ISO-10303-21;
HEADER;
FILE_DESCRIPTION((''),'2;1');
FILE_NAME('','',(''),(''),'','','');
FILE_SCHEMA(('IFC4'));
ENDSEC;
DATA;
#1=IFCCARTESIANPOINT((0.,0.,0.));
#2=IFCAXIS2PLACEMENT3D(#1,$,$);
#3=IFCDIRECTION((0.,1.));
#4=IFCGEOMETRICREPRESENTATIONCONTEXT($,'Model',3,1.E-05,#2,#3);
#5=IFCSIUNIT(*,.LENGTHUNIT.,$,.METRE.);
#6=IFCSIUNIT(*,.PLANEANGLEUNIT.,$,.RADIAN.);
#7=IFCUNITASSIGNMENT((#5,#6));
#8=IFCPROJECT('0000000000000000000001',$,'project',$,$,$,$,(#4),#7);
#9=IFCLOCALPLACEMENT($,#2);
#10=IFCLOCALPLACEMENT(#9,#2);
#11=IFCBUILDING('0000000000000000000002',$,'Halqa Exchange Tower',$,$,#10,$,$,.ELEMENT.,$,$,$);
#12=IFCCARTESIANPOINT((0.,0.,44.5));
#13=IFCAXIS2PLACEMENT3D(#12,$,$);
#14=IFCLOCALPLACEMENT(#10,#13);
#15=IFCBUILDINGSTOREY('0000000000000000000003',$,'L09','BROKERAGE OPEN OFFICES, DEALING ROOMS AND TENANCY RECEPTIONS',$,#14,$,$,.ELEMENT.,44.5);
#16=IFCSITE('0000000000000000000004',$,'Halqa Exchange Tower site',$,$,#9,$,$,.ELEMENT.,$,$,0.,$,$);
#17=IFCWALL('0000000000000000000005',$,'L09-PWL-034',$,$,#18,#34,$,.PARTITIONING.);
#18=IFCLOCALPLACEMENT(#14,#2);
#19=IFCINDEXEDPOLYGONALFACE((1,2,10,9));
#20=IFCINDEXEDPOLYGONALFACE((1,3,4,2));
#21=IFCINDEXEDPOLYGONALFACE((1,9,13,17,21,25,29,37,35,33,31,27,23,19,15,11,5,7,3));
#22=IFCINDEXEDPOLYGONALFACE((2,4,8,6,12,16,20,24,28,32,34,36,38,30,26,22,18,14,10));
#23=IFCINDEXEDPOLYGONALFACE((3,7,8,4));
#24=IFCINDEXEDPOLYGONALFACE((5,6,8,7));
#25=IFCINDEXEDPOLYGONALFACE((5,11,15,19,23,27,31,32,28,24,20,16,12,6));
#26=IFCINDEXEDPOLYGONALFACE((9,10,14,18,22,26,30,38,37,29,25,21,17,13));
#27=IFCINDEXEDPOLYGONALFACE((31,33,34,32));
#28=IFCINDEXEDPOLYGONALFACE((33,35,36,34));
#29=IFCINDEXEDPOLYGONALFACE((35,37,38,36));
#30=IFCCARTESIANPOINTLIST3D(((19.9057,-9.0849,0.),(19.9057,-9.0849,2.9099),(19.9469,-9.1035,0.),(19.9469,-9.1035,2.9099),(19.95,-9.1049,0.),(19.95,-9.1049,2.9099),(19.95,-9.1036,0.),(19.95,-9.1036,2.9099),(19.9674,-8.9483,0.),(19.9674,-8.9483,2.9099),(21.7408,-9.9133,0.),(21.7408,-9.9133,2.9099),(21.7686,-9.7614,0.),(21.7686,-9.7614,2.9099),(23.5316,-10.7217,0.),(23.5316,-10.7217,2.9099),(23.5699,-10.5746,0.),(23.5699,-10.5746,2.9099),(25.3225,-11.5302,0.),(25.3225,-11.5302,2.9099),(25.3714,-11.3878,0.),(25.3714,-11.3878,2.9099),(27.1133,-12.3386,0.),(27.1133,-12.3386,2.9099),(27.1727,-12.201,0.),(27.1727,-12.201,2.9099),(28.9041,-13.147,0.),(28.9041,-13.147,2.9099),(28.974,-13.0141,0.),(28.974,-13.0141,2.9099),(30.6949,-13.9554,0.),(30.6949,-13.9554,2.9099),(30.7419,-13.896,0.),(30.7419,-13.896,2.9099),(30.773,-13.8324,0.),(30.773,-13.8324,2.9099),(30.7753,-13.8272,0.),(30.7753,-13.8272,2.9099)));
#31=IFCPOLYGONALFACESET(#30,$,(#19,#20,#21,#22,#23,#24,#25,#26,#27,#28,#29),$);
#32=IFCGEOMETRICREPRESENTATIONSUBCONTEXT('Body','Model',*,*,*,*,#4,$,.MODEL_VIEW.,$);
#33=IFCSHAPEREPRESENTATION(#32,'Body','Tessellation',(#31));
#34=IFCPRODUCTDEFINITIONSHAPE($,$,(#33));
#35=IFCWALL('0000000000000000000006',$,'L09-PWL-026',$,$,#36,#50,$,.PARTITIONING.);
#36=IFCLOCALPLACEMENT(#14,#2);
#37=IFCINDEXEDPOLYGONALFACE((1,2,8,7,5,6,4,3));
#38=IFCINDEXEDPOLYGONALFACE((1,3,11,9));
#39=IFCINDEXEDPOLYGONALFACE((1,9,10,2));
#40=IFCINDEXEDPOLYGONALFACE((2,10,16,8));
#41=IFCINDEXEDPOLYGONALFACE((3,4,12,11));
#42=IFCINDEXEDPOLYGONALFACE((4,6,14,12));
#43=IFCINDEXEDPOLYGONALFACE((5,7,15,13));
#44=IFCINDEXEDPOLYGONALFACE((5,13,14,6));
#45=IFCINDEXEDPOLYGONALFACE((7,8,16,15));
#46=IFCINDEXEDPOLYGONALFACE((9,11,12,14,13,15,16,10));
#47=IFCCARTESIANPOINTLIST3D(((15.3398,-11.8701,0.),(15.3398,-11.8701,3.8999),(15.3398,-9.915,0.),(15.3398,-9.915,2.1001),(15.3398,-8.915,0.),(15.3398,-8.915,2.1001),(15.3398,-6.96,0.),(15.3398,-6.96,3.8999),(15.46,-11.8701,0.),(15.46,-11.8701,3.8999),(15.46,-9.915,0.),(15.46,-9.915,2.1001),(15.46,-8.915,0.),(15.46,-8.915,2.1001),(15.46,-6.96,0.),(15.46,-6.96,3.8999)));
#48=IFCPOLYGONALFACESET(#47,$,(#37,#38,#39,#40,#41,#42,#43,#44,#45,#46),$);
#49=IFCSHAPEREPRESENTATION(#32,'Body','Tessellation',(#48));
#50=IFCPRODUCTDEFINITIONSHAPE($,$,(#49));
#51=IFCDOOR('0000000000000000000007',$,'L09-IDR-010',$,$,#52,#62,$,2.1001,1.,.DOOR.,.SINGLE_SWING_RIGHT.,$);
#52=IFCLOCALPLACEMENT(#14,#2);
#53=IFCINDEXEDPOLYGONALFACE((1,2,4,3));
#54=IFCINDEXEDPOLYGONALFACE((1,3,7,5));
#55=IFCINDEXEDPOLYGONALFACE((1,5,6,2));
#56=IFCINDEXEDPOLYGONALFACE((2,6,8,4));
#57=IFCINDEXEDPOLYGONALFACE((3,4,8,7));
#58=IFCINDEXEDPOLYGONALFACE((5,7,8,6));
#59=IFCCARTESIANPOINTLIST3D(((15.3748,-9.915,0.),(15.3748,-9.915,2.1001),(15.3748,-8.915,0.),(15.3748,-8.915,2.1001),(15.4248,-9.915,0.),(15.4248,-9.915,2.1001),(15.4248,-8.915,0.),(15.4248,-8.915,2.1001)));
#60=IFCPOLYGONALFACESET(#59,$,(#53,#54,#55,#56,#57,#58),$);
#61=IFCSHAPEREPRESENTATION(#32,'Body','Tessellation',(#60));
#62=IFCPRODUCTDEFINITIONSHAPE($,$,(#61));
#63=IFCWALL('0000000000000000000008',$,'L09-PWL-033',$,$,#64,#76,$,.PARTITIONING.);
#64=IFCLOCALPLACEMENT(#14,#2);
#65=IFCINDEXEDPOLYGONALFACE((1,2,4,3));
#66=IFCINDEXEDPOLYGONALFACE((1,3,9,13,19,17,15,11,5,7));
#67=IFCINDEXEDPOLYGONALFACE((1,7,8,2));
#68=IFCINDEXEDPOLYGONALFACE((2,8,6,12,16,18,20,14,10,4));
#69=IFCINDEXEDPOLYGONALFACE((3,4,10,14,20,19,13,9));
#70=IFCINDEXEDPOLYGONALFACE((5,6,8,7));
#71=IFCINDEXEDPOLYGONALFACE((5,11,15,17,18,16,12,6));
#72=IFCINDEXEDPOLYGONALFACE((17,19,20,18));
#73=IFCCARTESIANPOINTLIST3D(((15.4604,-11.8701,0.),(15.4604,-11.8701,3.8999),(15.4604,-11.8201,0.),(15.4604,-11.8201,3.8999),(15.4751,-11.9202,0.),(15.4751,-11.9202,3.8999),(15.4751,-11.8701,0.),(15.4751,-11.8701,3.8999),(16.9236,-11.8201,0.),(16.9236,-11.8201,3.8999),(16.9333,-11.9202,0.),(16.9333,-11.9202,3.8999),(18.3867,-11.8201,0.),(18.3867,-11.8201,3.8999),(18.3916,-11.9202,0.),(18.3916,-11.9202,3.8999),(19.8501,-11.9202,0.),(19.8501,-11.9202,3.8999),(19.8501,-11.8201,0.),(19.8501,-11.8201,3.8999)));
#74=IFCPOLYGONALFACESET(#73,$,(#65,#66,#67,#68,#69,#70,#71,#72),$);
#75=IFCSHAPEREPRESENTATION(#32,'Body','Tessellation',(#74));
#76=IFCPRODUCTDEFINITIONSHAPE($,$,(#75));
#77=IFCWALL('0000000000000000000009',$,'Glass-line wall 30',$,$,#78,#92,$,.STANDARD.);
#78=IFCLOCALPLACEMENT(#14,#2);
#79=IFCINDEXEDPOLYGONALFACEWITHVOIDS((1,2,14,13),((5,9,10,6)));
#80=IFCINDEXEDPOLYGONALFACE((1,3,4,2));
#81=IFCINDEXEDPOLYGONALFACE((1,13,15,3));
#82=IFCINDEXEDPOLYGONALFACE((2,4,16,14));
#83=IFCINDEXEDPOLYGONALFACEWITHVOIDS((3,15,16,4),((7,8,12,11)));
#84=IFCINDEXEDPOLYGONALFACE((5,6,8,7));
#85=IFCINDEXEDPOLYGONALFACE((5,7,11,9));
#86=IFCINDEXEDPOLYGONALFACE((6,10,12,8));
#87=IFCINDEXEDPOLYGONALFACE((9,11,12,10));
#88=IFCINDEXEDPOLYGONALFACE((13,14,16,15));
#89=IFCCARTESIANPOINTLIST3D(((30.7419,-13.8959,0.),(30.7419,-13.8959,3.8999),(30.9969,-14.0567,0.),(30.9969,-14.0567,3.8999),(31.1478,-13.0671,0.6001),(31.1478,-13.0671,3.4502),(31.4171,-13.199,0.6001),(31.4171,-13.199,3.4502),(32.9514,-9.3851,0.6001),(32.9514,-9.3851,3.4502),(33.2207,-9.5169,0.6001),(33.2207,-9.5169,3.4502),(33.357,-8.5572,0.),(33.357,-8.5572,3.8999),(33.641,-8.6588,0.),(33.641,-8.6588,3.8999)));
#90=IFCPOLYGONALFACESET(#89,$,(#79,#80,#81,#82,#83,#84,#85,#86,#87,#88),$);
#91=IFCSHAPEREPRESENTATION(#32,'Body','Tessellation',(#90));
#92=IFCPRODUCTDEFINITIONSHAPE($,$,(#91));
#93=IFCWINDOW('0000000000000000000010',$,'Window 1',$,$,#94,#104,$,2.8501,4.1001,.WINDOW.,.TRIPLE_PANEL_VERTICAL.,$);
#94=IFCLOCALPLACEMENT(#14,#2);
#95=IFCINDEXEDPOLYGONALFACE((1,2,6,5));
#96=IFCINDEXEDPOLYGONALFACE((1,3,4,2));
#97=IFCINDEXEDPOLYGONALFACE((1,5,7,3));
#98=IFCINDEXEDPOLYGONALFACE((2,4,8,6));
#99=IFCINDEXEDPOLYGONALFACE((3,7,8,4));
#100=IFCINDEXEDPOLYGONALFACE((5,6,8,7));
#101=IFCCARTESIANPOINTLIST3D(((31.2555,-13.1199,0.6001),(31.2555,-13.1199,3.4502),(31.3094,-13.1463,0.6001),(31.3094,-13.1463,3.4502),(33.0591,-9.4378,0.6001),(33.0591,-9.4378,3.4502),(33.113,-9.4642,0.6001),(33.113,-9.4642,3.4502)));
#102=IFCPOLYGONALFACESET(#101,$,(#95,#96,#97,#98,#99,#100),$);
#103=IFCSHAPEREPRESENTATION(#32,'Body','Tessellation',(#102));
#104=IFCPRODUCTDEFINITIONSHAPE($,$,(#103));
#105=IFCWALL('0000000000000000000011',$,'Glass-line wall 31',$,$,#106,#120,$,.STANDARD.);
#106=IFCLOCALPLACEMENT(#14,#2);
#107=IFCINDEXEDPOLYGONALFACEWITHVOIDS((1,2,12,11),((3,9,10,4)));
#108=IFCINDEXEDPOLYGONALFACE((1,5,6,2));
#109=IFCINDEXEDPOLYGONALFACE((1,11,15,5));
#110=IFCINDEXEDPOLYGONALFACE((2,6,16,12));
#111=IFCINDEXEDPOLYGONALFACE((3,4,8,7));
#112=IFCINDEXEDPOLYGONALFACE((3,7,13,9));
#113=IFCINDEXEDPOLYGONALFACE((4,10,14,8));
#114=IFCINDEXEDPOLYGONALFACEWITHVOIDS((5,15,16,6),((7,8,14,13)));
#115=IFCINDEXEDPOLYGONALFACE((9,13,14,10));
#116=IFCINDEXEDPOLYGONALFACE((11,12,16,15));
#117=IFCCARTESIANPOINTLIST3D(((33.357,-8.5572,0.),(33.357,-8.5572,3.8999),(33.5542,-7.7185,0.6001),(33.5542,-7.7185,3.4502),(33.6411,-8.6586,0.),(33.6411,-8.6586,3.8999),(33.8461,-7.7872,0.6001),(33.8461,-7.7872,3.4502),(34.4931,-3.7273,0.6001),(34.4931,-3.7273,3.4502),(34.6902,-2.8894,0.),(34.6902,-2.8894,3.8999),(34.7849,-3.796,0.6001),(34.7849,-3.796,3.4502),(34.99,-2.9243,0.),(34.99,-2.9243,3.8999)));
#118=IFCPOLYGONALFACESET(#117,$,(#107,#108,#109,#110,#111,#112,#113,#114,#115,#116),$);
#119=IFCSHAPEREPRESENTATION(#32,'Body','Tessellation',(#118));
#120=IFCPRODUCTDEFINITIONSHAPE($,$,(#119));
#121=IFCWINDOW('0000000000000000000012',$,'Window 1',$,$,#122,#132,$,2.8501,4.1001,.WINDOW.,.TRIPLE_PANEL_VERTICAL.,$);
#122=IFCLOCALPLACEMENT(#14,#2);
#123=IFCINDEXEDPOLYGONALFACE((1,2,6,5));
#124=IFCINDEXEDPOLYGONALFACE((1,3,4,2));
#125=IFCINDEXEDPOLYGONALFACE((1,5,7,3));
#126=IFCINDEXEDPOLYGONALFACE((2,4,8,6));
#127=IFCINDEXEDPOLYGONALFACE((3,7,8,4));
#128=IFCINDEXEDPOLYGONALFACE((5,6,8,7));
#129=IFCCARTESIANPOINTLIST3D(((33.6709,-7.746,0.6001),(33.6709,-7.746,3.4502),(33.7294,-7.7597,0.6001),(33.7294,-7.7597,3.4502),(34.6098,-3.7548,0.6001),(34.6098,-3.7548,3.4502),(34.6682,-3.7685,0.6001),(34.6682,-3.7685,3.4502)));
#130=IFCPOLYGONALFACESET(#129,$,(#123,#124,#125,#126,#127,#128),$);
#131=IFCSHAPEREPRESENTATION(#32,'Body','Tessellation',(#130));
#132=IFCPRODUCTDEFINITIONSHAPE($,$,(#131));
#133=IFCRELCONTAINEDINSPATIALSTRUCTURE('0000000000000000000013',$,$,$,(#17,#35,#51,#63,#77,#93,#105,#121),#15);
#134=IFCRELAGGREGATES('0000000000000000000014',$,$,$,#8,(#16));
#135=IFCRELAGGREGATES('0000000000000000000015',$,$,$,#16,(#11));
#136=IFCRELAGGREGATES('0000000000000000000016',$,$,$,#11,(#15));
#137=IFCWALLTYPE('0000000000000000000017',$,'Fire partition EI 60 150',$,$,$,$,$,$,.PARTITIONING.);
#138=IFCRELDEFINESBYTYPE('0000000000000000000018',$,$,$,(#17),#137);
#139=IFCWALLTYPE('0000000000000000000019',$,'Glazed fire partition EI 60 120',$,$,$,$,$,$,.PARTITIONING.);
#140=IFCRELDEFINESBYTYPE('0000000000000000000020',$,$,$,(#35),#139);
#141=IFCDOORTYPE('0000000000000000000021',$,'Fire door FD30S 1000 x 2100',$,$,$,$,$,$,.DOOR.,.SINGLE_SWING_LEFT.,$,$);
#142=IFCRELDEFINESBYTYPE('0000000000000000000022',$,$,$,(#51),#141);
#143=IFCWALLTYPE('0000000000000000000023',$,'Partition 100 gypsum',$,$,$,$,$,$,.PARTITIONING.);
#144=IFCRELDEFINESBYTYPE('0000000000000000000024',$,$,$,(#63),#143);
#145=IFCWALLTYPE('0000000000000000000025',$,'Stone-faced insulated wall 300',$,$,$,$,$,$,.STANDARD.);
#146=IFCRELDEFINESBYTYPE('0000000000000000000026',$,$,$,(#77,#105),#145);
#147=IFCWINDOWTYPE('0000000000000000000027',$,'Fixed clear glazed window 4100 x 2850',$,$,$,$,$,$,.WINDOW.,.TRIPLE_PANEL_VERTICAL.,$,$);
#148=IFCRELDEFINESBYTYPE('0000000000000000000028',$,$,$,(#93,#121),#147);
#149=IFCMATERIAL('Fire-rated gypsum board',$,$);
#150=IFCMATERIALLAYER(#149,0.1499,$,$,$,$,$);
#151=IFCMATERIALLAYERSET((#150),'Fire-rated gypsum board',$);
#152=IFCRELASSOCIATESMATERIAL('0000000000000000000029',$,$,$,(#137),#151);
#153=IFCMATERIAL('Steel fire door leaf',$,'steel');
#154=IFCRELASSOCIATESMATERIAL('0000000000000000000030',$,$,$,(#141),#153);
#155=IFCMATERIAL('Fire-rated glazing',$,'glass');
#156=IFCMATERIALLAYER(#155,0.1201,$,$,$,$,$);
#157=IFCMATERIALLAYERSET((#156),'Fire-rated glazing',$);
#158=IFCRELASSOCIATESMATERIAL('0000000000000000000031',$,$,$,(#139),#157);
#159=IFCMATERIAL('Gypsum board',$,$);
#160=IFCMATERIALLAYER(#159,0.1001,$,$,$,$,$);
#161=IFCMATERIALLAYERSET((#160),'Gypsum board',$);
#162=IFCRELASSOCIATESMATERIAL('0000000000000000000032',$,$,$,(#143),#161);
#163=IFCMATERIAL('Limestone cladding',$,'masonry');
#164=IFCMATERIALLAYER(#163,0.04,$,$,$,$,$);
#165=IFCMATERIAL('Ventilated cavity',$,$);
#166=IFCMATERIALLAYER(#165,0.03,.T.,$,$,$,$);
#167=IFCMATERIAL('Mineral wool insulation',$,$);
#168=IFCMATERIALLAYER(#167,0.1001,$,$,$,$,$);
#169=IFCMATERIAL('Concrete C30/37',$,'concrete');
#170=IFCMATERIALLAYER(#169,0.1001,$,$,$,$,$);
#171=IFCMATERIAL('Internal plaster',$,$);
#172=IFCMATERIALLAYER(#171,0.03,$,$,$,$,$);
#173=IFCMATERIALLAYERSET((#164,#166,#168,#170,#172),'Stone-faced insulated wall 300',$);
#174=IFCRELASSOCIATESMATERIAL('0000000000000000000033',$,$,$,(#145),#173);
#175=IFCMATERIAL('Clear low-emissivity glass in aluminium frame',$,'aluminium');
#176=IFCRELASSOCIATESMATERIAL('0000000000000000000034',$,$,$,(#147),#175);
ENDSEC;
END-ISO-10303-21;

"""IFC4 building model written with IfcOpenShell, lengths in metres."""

from ifc_helpers import new_model, si_unit, direction, frame, frame_2d, origin, place, context, subcontext, project, spatial, polyline, rectangle, outline, extrude, material, layer, layer_set, type_object, element, fill, save


model = new_model("IFC4")

# Units and contexts
model_context = context("Model", 3, precision=1e-05, world=origin(), true_north=direction((0.0, 1.0)))
body_context = subcontext(model_context, "Body", "Model", "MODEL_VIEW")
ifc_project = project(units=[si_unit("LENGTHUNIT", "METRE"), si_unit("PLANEANGLEUNIT", "RADIAN")], contexts=[model_context])

# Site, building, storey
site_placement = place(None, origin())
site = spatial("IfcSite", under=ifc_project, at=site_placement, Name="Halqa Exchange Tower site", CompositionType="ELEMENT", RefElevation=0.0)
building_placement = place(site_placement, origin())
building = spatial("IfcBuilding", under=site, at=building_placement, Name="Halqa Exchange Tower", CompositionType="ELEMENT")
storey_placement = place(building_placement, frame((0.0, 0.0, 44.5)))
storey = spatial("IfcBuildingStorey", under=building, at=storey_placement, Name="L09", Description="BROKERAGE OPEN OFFICES, DEALING ROOMS AND TENANCY RECEPTIONS", CompositionType="ELEMENT", Elevation=44.5)

# Shared definitions
ifc_material_1 = material(Name="Fire-rated gypsum board")
ifc_layer_1 = layer(ifc_material_1, 0.1499)
ifc_layer_set_1 = layer_set([ifc_layer_1], Name="Fire-rated gypsum board")
wall_type_1 = type_object("IfcWallType", Name="Fire partition EI 60 150", PredefinedType="PARTITIONING", material=ifc_layer_set_1)

# Shared definitions
ifc_material_2 = material(Name="Steel fire door leaf", Category="steel")
door_type_1 = type_object("IfcDoorType", Name="Fire door FD30S 1000 x 2100", OperationType="SINGLE_SWING_LEFT", PredefinedType="DOOR", material=ifc_material_2)

# Wall
wall_1_placement = place(storey_placement, frame((19.9365, -9.0166, 0.0), z_axis=(0.0, 0.0, 1.0), x_axis=(0.911436, -0.411442, 0.0)))
element("IfcWall", 1, at=wall_1_placement, inside=storey, type_object=wall_type_1, Name="L09-PWL-034", PredefinedType="PARTITIONING", context=body_context, shape_type="SweptSolid", body=[
    extrude(outline(polyline([(0.0, -0.075), (0.0452, -0.075), (0.0481, -0.0737), (0.0486, -0.075), (2.0134, -0.075), (3.9783, -0.075), (5.9431, -0.075), (7.908, -0.075), (9.8728, -0.075), (11.8376, -0.075), (11.856, -0.0015), (11.8582, 0.0693), (11.8582, 0.075), (9.8818, 0.075), (7.9055, 0.075), (5.9292, 0.075), (3.9526, 0.075), (1.9763, 0.075), (0.0, 0.075), (0.0, -0.075)])), origin(), (0.0, 0.0, 1.0), 2.9099),
])

# Wall, opening, door
ifc_material_3 = material(Name="Fire-rated glazing", Category="glass")
ifc_layer_2 = layer(ifc_material_3, 0.1201)
ifc_layer_set_2 = layer_set([ifc_layer_2], Name="Fire-rated glazing")
wall_type_2 = type_object("IfcWallType", Name="Glazed fire partition EI 60 120", PredefinedType="PARTITIONING", material=ifc_layer_set_2)
wall_2_placement = place(storey_placement, frame((15.3999, -6.96, 0.0), z_axis=(0.0, 0.0, 1.0), x_axis=(0.0, -1.0, 0.0)))
wall_2 = element("IfcWall", 2, at=wall_2_placement, inside=storey, type_object=wall_type_2, Name="L09-PWL-026", PredefinedType="PARTITIONING", context=body_context, shape_type="SweptSolid", body=[
    extrude(rectangle(XDim=4.9102, YDim=0.1201, at=frame_2d((2.4551, 0.0))), origin(), (0.0, 0.0, 1.0), 3.8999),
])
opening_1_placement = place(wall_2_placement, frame((1.9551, 0.0, 0.0)))
opening_1 = element("IfcOpeningElement", 3, at=opening_1_placement, cuts=wall_2, PredefinedType="OPENING", context=body_context, shape_type="SweptSolid", body=[
    extrude(rectangle(XDim=1.0, YDim=2.1001, at=frame_2d((0.5, 1.05))), frame((0.0, 0.072, 0.0), z_axis=(0.0, -1.0, 0.0), x_axis=(1.0, 0.0, 0.0)), (0.0, 0.0, 1.0), 0.144),
])
door_1_placement = place(opening_1_placement, origin())
door_1 = element("IfcDoor", 4, at=door_1_placement, inside=storey, type_object=door_type_1, Name="L09-IDR-010", OperationType="SINGLE_SWING_RIGHT", OverallHeight=2.1001, OverallWidth=1.0, PredefinedType="DOOR", context=body_context, shape_type="SweptSolid", body=[
    extrude(rectangle(XDim=1.0, YDim=2.1001, at=frame_2d((0.5, 1.05))), frame((0.0, 0.0249, 0.0), z_axis=(0.0, -1.0, 0.0), x_axis=(1.0, 0.0, 0.0)), (0.0, 0.0, 1.0), 0.05),
])
fill(opening_1, door_1)

# Wall
ifc_material_4 = material(Name="Gypsum board")
ifc_layer_3 = layer(ifc_material_4, 0.1001)
ifc_layer_set_3 = layer_set([ifc_layer_3], Name="Gypsum board")
wall_type_3 = type_object("IfcWallType", Name="Partition 100 gypsum", PredefinedType="PARTITIONING", material=ifc_layer_set_3)
wall_3_placement = place(storey_placement, frame((19.8501, -11.8701, 0.0), z_axis=(0.0, 0.0, 1.0), x_axis=(-1.0, 0.0, 0.0)))
element("IfcWall", 5, at=wall_3_placement, inside=storey, type_object=wall_type_3, Name="L09-PWL-033", PredefinedType="PARTITIONING", context=body_context, shape_type="SweptSolid", body=[
    extrude(outline(polyline([(4.3896, -0.05), (4.3896, 0.0), (4.375, 0.0), (4.375, 0.05), (2.9167, 0.05), (1.4585, 0.05), (0.0, 0.05), (0.0, -0.05), (1.4634, -0.05), (2.9265, -0.05), (4.3896, -0.05)])), origin(), (0.0, 0.0, 1.0), 3.8999),
])

# Walls, openings, windows
ifc_material_5 = material(Name="Limestone cladding", Category="masonry")
ifc_layer_4 = layer(ifc_material_5, 0.04)
ifc_material_6 = material(Name="Ventilated cavity")
ifc_layer_5 = layer(ifc_material_6, 0.03, ventilated=True)
ifc_material_7 = material(Name="Mineral wool insulation")
ifc_layer_6 = layer(ifc_material_7, 0.1001)
ifc_material_8 = material(Name="Concrete C30/37", Category="concrete")
ifc_layer_7 = layer(ifc_material_8, 0.1001)
ifc_material_9 = material(Name="Internal plaster")
ifc_layer_8 = layer(ifc_material_9, 0.03)
ifc_layer_set_4 = layer_set([ifc_layer_4, ifc_layer_5, ifc_layer_6, ifc_layer_7, ifc_layer_8], Name="Stone-faced insulated wall 300")
wall_type_4 = type_object("IfcWallType", Name="Stone-faced insulated wall 300", PredefinedType="STANDARD", material=ifc_layer_set_4)
wall_4_placement = place(storey_placement, frame((30.8694, -13.9763, 0.0), z_axis=(0.0, 0.0, 1.0), x_axis=(0.439896, 0.898049, 0.0)))
wall_4 = element("IfcWall", 6, at=wall_4_placement, inside=storey, type_object=wall_type_4, Name="Glass-line wall 30", PredefinedType="STANDARD", context=body_context, shape_type="SweptSolid", body=[
    extrude(outline(polyline([(-0.0161, -0.1499), (5.9946, -0.1499), (5.9609, 0.1499), (0.0161, 0.1499), (-0.0161, -0.1499)])), origin(), (0.0, 0.0, 1.0), 3.8999),
])
opening_2_placement = place(wall_4_placement, frame((0.939, 0.0, 0.6001)))
opening_2 = element("IfcOpeningElement", 7, at=opening_2_placement, cuts=wall_4, PredefinedType="OPENING", context=body_context, shape_type="SweptSolid", body=[
    extrude(rectangle(XDim=4.1001, YDim=2.8501, at=frame_2d((2.05, 1.425))), frame((0.0, 0.1621, 0.0), z_axis=(0.0, -1.0, 0.0), x_axis=(1.0, 0.0, 0.0)), (0.0, 0.0, 1.0), 0.324),
])
ifc_material_10 = material(Name="Clear low-emissivity glass in aluminium frame", Category="aluminium")
window_type = type_object("IfcWindowType", Name="Fixed clear glazed window 4100 x 2850", PartitioningType="TRIPLE_PANEL_VERTICAL", PredefinedType="WINDOW", material=ifc_material_10)
window_1_placement = place(opening_2_placement, origin())
window_1 = element("IfcWindow", 8, at=window_1_placement, inside=storey, type_object=window_type, Name="Window 1", OverallHeight=2.8501, OverallWidth=4.1001, PartitioningType="TRIPLE_PANEL_VERTICAL", PredefinedType="WINDOW", context=body_context, shape_type="SweptSolid", body=[
    extrude(rectangle(XDim=4.1001, YDim=2.8501, at=frame_2d((2.05, 1.425))), frame((0.0, 0.03, 0.0), z_axis=(0.0, -1.0, 0.0), x_axis=(1.0, 0.0, 0.0)), (0.0, 0.0, 1.0), 0.0601),
])
fill(opening_2, window_1)
wall_5_placement = place(storey_placement, frame((33.499, -8.6079, 0.0), z_axis=(0.0, 0.0, 1.0), x_axis=(0.228977, 0.973432, 0.0)))
wall_5 = element("IfcWall", 9, at=wall_5_placement, inside=storey, type_object=wall_type_4, Name="Glass-line wall 31", PredefinedType="STANDARD", context=body_context, shape_type="SweptSolid", body=[
    extrude(outline(polyline([(-0.0168, -0.1499), (5.874, -0.1499), (5.8394, 0.1499), (0.0168, 0.1499), (-0.0168, -0.1499)])), origin(), (0.0, 0.0, 1.0), 3.8999),
])
opening_3_placement = place(wall_5_placement, frame((0.8784, 0.0, 0.6001)))
opening_3 = element("IfcOpeningElement", 10, at=opening_3_placement, cuts=wall_5, PredefinedType="OPENING", context=body_context, shape_type="SweptSolid", body=[
    extrude(rectangle(XDim=4.1001, YDim=2.8501, at=frame_2d((2.05, 1.425))), frame((0.0, 0.1621, 0.0), z_axis=(0.0, -1.0, 0.0), x_axis=(1.0, 0.0, 0.0)), (0.0, 0.0, 1.0), 0.324),
])
window_2_placement = place(opening_3_placement, origin())
window_2 = element("IfcWindow", 11, at=window_2_placement, inside=storey, type_object=window_type, Name="Window 1", OverallHeight=2.8501, OverallWidth=4.1001, PartitioningType="TRIPLE_PANEL_VERTICAL", PredefinedType="WINDOW", context=body_context, shape_type="SweptSolid", body=[
    extrude(rectangle(XDim=4.1001, YDim=2.8501, at=frame_2d((2.05, 1.425))), frame((0.0, 0.03, 0.0), z_axis=(0.0, -1.0, 0.0), x_axis=(1.0, 0.0, 0.0)), (0.0, 0.0, 1.0), 0.0601),
])
fill(opening_3, window_2)

save(model, "model.ifc")
